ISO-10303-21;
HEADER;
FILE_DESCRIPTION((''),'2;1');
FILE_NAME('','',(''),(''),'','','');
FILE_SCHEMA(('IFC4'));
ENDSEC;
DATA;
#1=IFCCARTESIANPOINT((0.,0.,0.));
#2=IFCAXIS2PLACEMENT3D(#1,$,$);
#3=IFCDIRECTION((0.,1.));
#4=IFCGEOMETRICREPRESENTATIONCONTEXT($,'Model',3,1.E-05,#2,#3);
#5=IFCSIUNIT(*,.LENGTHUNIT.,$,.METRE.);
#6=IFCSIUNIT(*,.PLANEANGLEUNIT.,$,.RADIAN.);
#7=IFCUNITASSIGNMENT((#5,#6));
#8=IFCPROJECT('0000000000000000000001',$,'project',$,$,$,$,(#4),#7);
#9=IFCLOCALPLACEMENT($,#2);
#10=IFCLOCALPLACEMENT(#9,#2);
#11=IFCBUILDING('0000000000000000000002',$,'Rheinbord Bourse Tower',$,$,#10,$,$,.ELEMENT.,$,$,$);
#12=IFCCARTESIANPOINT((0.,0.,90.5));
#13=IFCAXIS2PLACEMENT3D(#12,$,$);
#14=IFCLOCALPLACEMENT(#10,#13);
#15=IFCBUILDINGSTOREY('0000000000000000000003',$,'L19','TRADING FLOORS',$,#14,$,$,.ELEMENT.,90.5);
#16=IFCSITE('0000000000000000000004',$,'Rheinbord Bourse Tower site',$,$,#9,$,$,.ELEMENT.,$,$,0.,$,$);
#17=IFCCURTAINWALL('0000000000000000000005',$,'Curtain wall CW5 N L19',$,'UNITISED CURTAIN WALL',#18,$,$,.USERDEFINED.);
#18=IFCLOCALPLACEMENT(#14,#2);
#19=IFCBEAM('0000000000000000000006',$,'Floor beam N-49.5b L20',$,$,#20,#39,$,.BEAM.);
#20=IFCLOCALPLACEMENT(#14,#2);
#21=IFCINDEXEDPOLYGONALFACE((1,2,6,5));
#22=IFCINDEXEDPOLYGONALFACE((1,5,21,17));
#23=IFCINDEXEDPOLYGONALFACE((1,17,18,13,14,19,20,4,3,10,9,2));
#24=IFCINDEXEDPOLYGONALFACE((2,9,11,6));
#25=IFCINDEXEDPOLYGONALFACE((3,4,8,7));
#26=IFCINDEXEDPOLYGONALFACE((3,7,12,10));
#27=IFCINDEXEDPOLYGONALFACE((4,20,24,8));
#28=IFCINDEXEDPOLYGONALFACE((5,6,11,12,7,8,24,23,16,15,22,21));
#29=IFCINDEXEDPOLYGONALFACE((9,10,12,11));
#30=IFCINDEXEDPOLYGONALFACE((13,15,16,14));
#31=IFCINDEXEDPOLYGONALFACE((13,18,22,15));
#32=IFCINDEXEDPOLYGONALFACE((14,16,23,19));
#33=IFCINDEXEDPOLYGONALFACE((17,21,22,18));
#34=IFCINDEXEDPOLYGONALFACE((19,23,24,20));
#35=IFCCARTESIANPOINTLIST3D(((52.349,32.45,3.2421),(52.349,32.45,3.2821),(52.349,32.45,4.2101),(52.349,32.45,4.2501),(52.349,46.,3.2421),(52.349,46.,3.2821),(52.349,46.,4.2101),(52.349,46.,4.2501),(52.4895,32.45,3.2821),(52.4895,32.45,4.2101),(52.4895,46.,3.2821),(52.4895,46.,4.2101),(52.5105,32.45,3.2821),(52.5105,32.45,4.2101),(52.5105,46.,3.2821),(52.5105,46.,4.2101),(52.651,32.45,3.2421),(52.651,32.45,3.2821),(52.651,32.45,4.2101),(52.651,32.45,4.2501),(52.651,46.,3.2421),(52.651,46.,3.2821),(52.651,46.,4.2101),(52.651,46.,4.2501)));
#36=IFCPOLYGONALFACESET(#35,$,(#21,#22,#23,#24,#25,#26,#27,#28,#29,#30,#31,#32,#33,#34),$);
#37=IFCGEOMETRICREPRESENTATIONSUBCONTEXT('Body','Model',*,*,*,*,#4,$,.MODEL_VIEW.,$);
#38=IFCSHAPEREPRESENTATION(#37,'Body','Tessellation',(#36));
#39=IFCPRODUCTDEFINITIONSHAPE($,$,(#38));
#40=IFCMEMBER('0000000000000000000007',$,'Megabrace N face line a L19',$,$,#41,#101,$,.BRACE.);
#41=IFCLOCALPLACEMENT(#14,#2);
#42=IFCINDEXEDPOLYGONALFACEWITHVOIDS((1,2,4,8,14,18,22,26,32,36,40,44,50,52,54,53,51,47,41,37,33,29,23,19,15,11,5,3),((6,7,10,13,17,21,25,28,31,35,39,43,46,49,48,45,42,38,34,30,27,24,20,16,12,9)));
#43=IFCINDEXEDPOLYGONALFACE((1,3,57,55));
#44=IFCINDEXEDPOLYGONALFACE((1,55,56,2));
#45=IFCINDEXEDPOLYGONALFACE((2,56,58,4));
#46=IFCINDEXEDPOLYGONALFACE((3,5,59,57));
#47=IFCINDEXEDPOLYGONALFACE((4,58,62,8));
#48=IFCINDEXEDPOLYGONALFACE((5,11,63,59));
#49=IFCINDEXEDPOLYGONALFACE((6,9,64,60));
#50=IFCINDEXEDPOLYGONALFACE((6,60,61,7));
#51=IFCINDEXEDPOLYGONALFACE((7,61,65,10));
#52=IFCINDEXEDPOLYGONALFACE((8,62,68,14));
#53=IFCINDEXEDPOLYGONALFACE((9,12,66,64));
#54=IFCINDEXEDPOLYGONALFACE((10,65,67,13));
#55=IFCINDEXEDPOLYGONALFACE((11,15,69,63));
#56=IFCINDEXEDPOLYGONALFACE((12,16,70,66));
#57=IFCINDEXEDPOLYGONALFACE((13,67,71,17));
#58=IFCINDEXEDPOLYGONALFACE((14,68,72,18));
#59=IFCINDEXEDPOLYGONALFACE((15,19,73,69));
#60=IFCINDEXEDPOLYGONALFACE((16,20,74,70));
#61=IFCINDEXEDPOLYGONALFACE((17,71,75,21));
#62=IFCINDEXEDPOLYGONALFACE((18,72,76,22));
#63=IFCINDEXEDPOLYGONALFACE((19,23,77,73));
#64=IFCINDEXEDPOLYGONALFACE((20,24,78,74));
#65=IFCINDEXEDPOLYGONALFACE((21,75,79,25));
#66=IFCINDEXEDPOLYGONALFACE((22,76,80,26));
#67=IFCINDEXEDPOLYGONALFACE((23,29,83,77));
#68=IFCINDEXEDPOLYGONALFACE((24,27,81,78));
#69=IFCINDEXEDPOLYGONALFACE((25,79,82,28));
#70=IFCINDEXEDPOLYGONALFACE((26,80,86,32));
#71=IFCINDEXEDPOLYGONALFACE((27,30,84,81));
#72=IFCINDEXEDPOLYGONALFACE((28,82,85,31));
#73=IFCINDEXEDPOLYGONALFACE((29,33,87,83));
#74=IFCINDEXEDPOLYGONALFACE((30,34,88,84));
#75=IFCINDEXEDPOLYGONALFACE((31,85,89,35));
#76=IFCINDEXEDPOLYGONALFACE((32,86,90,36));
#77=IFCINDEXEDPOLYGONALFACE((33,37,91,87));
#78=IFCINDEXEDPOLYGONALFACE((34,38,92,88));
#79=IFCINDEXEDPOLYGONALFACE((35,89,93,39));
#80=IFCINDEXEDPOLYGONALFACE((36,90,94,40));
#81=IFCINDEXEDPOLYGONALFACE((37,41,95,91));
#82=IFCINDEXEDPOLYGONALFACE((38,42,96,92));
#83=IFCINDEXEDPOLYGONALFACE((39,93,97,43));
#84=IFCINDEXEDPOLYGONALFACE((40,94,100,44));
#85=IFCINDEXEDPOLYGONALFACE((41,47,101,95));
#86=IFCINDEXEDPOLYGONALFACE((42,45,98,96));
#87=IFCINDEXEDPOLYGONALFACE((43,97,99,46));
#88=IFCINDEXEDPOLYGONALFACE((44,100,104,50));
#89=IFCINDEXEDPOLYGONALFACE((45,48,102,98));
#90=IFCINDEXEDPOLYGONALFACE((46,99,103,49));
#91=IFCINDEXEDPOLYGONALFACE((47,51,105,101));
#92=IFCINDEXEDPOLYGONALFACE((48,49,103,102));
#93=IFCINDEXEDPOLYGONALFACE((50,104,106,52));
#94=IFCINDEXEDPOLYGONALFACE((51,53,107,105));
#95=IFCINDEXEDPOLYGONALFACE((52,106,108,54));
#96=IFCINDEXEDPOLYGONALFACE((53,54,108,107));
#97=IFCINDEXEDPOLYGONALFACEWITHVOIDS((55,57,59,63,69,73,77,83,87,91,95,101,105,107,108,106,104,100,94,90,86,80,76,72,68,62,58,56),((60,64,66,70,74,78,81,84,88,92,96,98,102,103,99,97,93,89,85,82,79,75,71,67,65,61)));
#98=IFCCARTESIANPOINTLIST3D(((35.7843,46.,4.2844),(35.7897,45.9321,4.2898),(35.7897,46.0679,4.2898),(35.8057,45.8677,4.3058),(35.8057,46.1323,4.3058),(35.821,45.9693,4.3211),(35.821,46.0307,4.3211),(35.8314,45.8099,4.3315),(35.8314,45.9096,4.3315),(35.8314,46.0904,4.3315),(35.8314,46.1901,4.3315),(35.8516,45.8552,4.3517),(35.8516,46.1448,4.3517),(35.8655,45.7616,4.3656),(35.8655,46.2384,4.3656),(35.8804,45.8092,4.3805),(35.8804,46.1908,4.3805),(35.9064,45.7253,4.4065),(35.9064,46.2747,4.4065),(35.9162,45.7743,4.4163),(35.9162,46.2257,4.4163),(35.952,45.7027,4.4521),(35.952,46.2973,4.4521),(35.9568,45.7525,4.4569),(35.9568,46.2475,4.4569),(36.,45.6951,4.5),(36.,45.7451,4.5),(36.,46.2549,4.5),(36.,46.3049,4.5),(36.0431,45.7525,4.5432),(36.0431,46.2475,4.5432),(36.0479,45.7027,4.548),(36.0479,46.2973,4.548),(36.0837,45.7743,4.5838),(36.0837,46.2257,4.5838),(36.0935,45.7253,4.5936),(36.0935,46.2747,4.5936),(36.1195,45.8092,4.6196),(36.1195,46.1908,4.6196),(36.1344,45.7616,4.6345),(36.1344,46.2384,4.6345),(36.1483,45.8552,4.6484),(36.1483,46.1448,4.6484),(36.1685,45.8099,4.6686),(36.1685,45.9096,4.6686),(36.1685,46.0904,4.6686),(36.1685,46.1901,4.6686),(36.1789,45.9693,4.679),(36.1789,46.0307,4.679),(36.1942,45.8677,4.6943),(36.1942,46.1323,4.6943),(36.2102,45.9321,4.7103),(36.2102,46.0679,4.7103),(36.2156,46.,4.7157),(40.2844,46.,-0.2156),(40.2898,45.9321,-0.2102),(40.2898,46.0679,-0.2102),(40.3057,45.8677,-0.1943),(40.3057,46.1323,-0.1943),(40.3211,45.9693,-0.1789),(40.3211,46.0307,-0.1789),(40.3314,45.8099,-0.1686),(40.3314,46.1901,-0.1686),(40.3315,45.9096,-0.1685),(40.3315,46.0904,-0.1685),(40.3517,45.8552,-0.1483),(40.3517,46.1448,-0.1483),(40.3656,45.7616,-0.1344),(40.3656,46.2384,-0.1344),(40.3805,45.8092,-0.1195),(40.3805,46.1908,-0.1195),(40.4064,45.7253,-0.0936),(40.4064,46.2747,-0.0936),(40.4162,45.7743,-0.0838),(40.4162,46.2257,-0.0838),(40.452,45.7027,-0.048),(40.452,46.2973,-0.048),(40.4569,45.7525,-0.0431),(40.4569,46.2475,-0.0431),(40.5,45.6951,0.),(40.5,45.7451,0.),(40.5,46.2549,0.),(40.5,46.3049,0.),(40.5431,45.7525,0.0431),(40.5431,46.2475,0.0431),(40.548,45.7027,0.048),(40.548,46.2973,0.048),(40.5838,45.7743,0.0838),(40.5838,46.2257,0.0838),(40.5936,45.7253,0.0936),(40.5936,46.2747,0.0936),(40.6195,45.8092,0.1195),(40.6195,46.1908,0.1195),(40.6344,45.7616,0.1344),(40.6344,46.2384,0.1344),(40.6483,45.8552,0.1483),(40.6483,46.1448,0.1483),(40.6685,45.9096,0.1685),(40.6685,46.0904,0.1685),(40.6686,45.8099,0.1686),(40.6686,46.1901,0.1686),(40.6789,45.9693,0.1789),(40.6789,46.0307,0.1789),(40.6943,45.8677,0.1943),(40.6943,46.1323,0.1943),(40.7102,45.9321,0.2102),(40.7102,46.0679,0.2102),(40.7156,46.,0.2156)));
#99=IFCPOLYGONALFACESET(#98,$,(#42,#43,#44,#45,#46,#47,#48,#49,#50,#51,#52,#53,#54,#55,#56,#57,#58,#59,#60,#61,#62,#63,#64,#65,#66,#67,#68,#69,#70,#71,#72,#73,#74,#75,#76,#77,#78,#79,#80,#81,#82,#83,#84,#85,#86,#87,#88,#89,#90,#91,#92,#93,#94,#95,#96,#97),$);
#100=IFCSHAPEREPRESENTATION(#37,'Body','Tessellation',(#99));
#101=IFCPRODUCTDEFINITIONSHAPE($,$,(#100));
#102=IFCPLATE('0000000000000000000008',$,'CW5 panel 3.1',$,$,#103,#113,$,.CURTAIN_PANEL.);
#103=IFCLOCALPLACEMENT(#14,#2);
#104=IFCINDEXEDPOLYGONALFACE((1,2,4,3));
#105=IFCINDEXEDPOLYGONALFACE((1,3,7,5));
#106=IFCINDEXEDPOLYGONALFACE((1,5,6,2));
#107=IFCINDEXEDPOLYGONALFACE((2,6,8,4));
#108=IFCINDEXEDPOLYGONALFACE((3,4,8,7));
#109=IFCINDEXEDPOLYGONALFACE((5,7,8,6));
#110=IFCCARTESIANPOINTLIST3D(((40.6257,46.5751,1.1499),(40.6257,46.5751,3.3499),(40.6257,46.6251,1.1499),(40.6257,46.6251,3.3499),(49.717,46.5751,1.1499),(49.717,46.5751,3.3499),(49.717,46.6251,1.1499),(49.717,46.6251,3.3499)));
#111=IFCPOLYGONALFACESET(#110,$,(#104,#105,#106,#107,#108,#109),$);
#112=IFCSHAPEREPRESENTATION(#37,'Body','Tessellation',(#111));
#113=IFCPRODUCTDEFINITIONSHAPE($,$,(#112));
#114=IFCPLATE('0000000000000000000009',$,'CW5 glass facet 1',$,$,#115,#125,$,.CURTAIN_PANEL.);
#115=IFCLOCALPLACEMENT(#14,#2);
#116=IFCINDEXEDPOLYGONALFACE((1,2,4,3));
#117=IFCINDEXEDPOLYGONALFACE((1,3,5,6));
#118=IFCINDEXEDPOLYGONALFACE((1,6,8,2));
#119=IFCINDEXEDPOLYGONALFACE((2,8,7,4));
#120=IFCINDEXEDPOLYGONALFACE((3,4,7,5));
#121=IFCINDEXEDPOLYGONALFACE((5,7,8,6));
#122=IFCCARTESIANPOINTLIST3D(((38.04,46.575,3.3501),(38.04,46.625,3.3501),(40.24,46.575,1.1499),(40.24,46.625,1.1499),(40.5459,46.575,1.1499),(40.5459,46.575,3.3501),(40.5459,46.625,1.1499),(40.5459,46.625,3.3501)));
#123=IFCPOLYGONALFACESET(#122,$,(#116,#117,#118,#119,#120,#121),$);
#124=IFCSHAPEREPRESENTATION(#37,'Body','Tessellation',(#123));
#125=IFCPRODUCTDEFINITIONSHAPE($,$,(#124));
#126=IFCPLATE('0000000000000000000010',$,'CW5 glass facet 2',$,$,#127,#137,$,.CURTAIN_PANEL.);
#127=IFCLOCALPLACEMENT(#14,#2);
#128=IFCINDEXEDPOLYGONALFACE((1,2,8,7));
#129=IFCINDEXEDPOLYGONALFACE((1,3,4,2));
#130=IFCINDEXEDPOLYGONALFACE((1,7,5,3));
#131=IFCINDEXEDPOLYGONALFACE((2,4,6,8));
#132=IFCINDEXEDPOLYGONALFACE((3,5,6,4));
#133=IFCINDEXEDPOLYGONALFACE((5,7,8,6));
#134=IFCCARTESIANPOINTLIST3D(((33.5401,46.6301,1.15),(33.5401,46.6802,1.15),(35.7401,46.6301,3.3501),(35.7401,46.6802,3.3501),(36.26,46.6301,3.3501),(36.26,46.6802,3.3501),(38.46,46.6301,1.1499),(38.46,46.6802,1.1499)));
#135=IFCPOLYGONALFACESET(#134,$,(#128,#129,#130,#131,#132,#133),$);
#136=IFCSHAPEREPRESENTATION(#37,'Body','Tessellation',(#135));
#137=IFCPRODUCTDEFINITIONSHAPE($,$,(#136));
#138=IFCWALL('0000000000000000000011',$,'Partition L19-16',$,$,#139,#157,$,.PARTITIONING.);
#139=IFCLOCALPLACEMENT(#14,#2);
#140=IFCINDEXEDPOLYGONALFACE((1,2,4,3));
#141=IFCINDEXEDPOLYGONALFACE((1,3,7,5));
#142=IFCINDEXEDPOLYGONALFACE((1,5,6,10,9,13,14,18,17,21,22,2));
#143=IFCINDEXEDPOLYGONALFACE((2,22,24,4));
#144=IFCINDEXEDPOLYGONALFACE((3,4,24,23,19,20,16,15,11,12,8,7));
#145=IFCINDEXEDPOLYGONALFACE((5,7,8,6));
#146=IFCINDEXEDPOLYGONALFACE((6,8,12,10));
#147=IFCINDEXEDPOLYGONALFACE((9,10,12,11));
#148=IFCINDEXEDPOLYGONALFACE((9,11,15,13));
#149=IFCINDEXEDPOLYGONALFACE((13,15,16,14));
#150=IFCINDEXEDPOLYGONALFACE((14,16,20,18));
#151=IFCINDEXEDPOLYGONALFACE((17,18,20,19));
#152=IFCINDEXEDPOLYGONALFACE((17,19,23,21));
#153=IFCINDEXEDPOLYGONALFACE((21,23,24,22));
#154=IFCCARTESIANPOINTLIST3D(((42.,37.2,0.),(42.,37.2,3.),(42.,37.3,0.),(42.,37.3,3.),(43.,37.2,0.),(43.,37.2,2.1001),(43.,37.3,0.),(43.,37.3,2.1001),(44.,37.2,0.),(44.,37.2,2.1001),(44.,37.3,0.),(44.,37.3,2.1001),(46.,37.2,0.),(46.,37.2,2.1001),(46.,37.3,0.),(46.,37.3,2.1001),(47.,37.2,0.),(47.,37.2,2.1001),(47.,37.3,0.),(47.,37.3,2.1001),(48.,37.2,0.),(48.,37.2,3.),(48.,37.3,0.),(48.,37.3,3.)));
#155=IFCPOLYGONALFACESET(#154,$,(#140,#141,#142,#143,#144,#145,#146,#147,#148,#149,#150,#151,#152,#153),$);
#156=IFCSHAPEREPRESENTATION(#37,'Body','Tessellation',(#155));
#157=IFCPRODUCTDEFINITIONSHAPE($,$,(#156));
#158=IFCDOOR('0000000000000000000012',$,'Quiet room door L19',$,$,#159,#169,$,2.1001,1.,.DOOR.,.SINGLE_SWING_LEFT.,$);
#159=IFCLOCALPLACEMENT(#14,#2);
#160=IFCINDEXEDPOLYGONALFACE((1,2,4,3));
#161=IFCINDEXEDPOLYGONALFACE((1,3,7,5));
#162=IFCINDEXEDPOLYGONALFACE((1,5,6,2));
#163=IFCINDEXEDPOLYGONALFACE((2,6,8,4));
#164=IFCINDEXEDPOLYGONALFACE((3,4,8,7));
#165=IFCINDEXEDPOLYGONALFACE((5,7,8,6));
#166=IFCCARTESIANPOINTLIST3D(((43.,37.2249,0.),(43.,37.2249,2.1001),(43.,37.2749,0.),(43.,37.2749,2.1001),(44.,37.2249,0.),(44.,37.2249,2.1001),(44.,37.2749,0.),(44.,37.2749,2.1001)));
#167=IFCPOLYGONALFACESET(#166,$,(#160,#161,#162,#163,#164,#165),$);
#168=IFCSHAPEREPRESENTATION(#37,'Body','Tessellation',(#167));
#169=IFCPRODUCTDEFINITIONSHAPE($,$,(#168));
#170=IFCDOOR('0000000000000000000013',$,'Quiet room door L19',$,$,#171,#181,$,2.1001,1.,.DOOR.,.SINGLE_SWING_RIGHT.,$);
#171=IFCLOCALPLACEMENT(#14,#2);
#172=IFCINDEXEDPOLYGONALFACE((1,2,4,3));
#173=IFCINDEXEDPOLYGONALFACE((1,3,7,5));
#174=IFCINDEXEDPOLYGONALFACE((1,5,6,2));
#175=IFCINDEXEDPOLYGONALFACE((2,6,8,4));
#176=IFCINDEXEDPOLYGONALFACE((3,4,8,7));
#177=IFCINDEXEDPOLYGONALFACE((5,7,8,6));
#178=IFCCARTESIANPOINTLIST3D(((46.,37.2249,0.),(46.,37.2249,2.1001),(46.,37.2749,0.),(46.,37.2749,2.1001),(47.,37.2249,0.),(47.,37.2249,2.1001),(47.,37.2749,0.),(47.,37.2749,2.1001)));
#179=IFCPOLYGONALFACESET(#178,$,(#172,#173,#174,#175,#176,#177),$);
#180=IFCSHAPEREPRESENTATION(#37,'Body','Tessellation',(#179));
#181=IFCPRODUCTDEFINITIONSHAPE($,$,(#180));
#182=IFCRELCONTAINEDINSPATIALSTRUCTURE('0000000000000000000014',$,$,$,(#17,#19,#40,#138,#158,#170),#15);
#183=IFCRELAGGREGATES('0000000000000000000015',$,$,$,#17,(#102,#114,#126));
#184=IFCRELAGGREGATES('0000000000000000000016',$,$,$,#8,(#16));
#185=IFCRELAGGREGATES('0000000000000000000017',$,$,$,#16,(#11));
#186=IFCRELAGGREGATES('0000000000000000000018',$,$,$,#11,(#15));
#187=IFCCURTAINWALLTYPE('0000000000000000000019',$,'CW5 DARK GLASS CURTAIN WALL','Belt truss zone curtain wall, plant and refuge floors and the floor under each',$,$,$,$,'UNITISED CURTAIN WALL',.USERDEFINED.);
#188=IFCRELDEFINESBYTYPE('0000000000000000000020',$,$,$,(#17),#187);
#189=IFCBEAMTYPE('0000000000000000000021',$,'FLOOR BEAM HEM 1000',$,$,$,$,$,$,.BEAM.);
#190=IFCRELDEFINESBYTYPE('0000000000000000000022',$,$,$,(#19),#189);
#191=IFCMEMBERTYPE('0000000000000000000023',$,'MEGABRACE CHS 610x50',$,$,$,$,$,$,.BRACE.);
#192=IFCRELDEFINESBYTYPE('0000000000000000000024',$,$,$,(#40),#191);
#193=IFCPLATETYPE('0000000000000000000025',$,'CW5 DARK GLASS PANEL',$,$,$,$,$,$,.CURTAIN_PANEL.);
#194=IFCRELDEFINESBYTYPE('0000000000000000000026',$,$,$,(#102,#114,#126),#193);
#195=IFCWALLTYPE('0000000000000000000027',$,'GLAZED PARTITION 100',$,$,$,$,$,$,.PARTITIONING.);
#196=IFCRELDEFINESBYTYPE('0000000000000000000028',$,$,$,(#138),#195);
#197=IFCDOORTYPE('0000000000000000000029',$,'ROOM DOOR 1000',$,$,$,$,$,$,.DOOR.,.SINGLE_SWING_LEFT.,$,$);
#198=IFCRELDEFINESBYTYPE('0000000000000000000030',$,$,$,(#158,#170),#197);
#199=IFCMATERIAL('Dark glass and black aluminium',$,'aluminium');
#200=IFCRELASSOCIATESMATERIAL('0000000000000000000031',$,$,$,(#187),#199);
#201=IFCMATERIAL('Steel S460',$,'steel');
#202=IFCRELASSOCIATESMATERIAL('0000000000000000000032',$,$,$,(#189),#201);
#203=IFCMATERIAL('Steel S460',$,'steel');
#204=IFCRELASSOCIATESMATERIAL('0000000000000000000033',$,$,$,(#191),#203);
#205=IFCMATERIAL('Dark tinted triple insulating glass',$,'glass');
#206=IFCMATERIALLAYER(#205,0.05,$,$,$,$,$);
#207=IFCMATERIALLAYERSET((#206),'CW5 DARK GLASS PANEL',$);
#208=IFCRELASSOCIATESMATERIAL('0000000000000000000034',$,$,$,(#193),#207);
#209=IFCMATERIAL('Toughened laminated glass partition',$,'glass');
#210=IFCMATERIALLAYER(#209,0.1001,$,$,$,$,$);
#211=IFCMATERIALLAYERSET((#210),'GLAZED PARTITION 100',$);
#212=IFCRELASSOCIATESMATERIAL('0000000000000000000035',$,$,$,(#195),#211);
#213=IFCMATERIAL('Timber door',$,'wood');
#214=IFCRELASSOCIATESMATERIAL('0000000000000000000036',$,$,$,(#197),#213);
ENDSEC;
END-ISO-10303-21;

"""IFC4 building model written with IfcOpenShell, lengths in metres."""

from ifc_helpers import new_model, si_unit, direction, frame, frame_2d, origin, origin_2d, place, context, subcontext, project, spatial, polyline, rectangle, hollow_circle, i_section, outline, extrude, material, layer, layer_set, material_profile, profile_set, type_object, element, fill, aggregate, save


model = new_model("IFC4")

# Units and contexts
model_context = context("Model", 3, precision=1e-05, world=origin(), true_north=direction((0.0, 1.0)))
body_context = subcontext(model_context, "Body", "Model", "MODEL_VIEW")
ifc_project = project(units=[si_unit("LENGTHUNIT", "METRE"), si_unit("PLANEANGLEUNIT", "RADIAN")], contexts=[model_context])

# Site, building, storey
site_placement = place(None, origin())
site = spatial("IfcSite", under=ifc_project, at=site_placement, Name="Rheinbord Bourse Tower site", CompositionType="ELEMENT", RefElevation=0.0)
building_placement = place(site_placement, origin())
building = spatial("IfcBuilding", under=site, at=building_placement, Name="Rheinbord Bourse Tower", CompositionType="ELEMENT")
storey_placement = place(building_placement, frame((0.0, 0.0, 90.5)))
storey = spatial("IfcBuildingStorey", under=building, at=storey_placement, Name="L19", Description="TRADING FLOORS", CompositionType="ELEMENT", Elevation=90.5)

# Curtain wall
ifc_material_1 = material(Name="Dark glass and black aluminium", Category="aluminium")
curtain_wall_type = type_object("IfcCurtainWallType", Name="CW5 DARK GLASS CURTAIN WALL", Description="Belt truss zone curtain wall, plant and refuge floors and the floor under each", ElementType="UNITISED CURTAIN WALL", PredefinedType="USERDEFINED", material=ifc_material_1)
curtain_wall_placement = place(storey_placement, origin())
curtain_wall = element("IfcCurtainWall", 1, at=curtain_wall_placement, inside=storey, type_object=curtain_wall_type, Name="Curtain wall CW5 N L19", ObjectType="UNITISED CURTAIN WALL", PredefinedType="USERDEFINED")

# Beam
ifc_material_2 = material(Name="Steel S460", Category="steel")
ifc_material_profile_1 = material_profile(ifc_material_2, i_section(OverallWidth=0.302, OverallDepth=1.0081, WebThickness=0.021, FlangeThickness=0.04, at=origin_2d()), Name="HEM 1000")
ifc_profile_set_1 = profile_set([ifc_material_profile_1], Name="Steel S460")
beam_type_1 = type_object("IfcBeamType", Name="FLOOR BEAM HEM 1000", PredefinedType="BEAM", material=ifc_profile_set_1)
for number, where, z_axis, x_axis, name in (
    (2, (52.5, 46.0, 3.7461), (0.0, -1.0, 0.0), (1.0, 0.0, 0.0), "Floor beam N-49.5b L20"),
):
    element("IfcBeam", number, at=place(storey_placement, frame(where, z_axis=z_axis, x_axis=x_axis)), inside=storey, type_object=beam_type_1, Name=name, PredefinedType="BEAM", context=body_context, shape_type="SweptSolid", body=[
        extrude(i_section(OverallWidth=0.302, OverallDepth=1.0081, WebThickness=0.021, FlangeThickness=0.04, at=origin_2d()), origin(), (0.0, 0.0, 1.0), 13.55),
    ])

# Member
ifc_material_3 = material(Name="Steel S460", Category="steel")
ifc_material_profile_2 = material_profile(ifc_material_3, hollow_circle(Radius=0.3049, WallThickness=0.05, at=origin_2d()), Name="CHS 610x50")
ifc_profile_set_2 = profile_set([ifc_material_profile_2], Name="Steel S460")
member_type_1 = type_object("IfcMemberType", Name="MEGABRACE CHS 610x50", PredefinedType="BRACE", material=ifc_profile_set_2)
member_1_placement = place(storey_placement, frame((40.5, 46.0, 0.0), z_axis=(-0.707107, 0.0, 0.707107), x_axis=(0.0, -1.0, 0.0)))
element("IfcMember", 3, at=member_1_placement, inside=storey, type_object=member_type_1, Name="Megabrace N face line a L19", PredefinedType="BRACE", context=body_context, shape_type="SweptSolid", body=[
    extrude(hollow_circle(Radius=0.3049, WallThickness=0.05, at=origin_2d()), origin(), (0.0, 0.0, 1.0), 6.364),
])

# Plates
ifc_material_4 = material(Name="Dark tinted triple insulating glass", Category="glass")
ifc_layer_1 = layer(ifc_material_4, 0.05)
ifc_layer_set_1 = layer_set([ifc_layer_1], Name="CW5 DARK GLASS PANEL")
plate_type = type_object("IfcPlateType", Name="CW5 DARK GLASS PANEL", PredefinedType="CURTAIN_PANEL", material=ifc_layer_set_1)
plate_1_placement = place(storey_placement, frame((45.1714, 46.6001, 1.1499), z_axis=(0.0, 0.0, 1.0), x_axis=(-1.0, 0.0, 0.0)))
plate_1 = element("IfcPlate", 4, at=plate_1_placement, type_object=plate_type, Name="CW5 panel 3.1", PredefinedType="CURTAIN_PANEL", context=body_context, shape_type="SweptSolid", body=[
    extrude(rectangle(XDim=9.0913, YDim=0.05, at=origin_2d()), origin(), (0.0, 0.0, 1.0), 2.2),
])
plate_2_placement = place(storey_placement, frame((40.5459, 46.625, 1.1499), z_axis=(0.0, -1.0, 0.0), x_axis=(0.0, 0.0, 1.0)))
plate_2 = element("IfcPlate", 5, at=plate_2_placement, type_object=plate_type, Name="CW5 glass facet 1", PredefinedType="CURTAIN_PANEL", context=body_context, shape_type="SweptSolid", body=[
    extrude(outline(polyline([(0.0, 0.0), (2.2002, 0.0), (2.2002, 2.5059), (0.0, 0.3059), (0.0, 0.0)])), origin(), (0.0, 0.0, 1.0), 0.05),
])
plate_3_placement = place(storey_placement, frame((38.46, 46.6802, 1.1499), z_axis=(0.0, -1.0, 0.0), x_axis=(-0.707068, 0.0, 0.707146)))
plate_3 = element("IfcPlate", 6, at=plate_3_placement, type_object=plate_type, Name="CW5 glass facet 2", PredefinedType="CURTAIN_PANEL", context=body_context, shape_type="SweptSolid", body=[
    extrude(outline(polyline([(0.0, 0.0), (3.1113, 0.0), (3.479, 0.3677), (3.4788, 3.479), (0.0, 0.0)])), origin(), (0.0, 0.0, 1.0), 0.05),
])
aggregate(curtain_wall, [plate_1, plate_2, plate_3])

# Wall, openings, doors
ifc_material_5 = material(Name="Toughened laminated glass partition", Category="glass")
ifc_layer_2 = layer(ifc_material_5, 0.1001)
ifc_layer_set_2 = layer_set([ifc_layer_2], Name="GLAZED PARTITION 100")
wall_type = type_object("IfcWallType", Name="GLAZED PARTITION 100", PredefinedType="PARTITIONING", material=ifc_layer_set_2)
wall_placement = place(storey_placement, frame((42.0, 37.25, 0.0), z_axis=(0.0, 0.0, 1.0), x_axis=(1.0, 0.0, 0.0)))
wall = element("IfcWall", 7, at=wall_placement, inside=storey, type_object=wall_type, Name="Partition L19-16", PredefinedType="PARTITIONING", context=body_context, shape_type="SweptSolid", body=[
    extrude(rectangle(XDim=6.0, YDim=0.1001, at=frame_2d((3.0, 0.0))), origin(), (0.0, 0.0, 1.0), 3.0),
])
opening_1_placement = place(wall_placement, frame((1.0, 0.0, 0.0)))
opening_1 = element("IfcOpeningElement", 8, at=opening_1_placement, cuts=wall, PredefinedType="OPENING", context=body_context, shape_type="SweptSolid", body=[
    extrude(rectangle(XDim=1.0, YDim=2.1001, at=frame_2d((0.5, 1.05))), frame((0.0, 0.0601, 0.0), z_axis=(0.0, -1.0, 0.0), x_axis=(1.0, 0.0, 0.0)), (0.0, 0.0, 1.0), 0.1201),
])
opening_2_placement = place(wall_placement, frame((4.0, 0.0, 0.0)))
opening_2 = element("IfcOpeningElement", 9, at=opening_2_placement, cuts=wall, PredefinedType="OPENING", context=body_context, shape_type="SweptSolid", body=[
    extrude(rectangle(XDim=1.0, YDim=2.1001, at=frame_2d((0.5, 1.05))), frame((0.0, 0.0601, 0.0), z_axis=(0.0, -1.0, 0.0), x_axis=(1.0, 0.0, 0.0)), (0.0, 0.0, 1.0), 0.1201),
])
ifc_material_6 = material(Name="Timber door", Category="wood")
door_type = type_object("IfcDoorType", Name="ROOM DOOR 1000", OperationType="SINGLE_SWING_LEFT", PredefinedType="DOOR", material=ifc_material_6)
door_1_placement = place(opening_1_placement, origin())
door_1 = element("IfcDoor", 10, at=door_1_placement, inside=storey, type_object=door_type, Name="Quiet room door L19", OperationType="SINGLE_SWING_LEFT", OverallHeight=2.1001, OverallWidth=1.0, PredefinedType="DOOR", context=body_context, shape_type="SweptSolid", body=[
    extrude(rectangle(XDim=1.0, YDim=2.1001, at=frame_2d((0.5, 1.05))), frame((0.0, 0.0249, 0.0), z_axis=(0.0, -1.0, 0.0), x_axis=(1.0, 0.0, 0.0)), (0.0, 0.0, 1.0), 0.05),
])
fill(opening_1, door_1)
door_2_placement = place(opening_2_placement, origin())
door_2 = element("IfcDoor", 11, at=door_2_placement, inside=storey, type_object=door_type, Name="Quiet room door L19", OperationType="SINGLE_SWING_RIGHT", OverallHeight=2.1001, OverallWidth=1.0, PredefinedType="DOOR", context=body_context, shape_type="SweptSolid", body=[
    extrude(rectangle(XDim=1.0, YDim=2.1001, at=frame_2d((0.5, 1.05))), frame((0.0, 0.0249, 0.0), z_axis=(0.0, -1.0, 0.0), x_axis=(1.0, 0.0, 0.0)), (0.0, 0.0, 1.0), 0.05),
])
fill(opening_2, door_2)

save(model, "model.ifc")
